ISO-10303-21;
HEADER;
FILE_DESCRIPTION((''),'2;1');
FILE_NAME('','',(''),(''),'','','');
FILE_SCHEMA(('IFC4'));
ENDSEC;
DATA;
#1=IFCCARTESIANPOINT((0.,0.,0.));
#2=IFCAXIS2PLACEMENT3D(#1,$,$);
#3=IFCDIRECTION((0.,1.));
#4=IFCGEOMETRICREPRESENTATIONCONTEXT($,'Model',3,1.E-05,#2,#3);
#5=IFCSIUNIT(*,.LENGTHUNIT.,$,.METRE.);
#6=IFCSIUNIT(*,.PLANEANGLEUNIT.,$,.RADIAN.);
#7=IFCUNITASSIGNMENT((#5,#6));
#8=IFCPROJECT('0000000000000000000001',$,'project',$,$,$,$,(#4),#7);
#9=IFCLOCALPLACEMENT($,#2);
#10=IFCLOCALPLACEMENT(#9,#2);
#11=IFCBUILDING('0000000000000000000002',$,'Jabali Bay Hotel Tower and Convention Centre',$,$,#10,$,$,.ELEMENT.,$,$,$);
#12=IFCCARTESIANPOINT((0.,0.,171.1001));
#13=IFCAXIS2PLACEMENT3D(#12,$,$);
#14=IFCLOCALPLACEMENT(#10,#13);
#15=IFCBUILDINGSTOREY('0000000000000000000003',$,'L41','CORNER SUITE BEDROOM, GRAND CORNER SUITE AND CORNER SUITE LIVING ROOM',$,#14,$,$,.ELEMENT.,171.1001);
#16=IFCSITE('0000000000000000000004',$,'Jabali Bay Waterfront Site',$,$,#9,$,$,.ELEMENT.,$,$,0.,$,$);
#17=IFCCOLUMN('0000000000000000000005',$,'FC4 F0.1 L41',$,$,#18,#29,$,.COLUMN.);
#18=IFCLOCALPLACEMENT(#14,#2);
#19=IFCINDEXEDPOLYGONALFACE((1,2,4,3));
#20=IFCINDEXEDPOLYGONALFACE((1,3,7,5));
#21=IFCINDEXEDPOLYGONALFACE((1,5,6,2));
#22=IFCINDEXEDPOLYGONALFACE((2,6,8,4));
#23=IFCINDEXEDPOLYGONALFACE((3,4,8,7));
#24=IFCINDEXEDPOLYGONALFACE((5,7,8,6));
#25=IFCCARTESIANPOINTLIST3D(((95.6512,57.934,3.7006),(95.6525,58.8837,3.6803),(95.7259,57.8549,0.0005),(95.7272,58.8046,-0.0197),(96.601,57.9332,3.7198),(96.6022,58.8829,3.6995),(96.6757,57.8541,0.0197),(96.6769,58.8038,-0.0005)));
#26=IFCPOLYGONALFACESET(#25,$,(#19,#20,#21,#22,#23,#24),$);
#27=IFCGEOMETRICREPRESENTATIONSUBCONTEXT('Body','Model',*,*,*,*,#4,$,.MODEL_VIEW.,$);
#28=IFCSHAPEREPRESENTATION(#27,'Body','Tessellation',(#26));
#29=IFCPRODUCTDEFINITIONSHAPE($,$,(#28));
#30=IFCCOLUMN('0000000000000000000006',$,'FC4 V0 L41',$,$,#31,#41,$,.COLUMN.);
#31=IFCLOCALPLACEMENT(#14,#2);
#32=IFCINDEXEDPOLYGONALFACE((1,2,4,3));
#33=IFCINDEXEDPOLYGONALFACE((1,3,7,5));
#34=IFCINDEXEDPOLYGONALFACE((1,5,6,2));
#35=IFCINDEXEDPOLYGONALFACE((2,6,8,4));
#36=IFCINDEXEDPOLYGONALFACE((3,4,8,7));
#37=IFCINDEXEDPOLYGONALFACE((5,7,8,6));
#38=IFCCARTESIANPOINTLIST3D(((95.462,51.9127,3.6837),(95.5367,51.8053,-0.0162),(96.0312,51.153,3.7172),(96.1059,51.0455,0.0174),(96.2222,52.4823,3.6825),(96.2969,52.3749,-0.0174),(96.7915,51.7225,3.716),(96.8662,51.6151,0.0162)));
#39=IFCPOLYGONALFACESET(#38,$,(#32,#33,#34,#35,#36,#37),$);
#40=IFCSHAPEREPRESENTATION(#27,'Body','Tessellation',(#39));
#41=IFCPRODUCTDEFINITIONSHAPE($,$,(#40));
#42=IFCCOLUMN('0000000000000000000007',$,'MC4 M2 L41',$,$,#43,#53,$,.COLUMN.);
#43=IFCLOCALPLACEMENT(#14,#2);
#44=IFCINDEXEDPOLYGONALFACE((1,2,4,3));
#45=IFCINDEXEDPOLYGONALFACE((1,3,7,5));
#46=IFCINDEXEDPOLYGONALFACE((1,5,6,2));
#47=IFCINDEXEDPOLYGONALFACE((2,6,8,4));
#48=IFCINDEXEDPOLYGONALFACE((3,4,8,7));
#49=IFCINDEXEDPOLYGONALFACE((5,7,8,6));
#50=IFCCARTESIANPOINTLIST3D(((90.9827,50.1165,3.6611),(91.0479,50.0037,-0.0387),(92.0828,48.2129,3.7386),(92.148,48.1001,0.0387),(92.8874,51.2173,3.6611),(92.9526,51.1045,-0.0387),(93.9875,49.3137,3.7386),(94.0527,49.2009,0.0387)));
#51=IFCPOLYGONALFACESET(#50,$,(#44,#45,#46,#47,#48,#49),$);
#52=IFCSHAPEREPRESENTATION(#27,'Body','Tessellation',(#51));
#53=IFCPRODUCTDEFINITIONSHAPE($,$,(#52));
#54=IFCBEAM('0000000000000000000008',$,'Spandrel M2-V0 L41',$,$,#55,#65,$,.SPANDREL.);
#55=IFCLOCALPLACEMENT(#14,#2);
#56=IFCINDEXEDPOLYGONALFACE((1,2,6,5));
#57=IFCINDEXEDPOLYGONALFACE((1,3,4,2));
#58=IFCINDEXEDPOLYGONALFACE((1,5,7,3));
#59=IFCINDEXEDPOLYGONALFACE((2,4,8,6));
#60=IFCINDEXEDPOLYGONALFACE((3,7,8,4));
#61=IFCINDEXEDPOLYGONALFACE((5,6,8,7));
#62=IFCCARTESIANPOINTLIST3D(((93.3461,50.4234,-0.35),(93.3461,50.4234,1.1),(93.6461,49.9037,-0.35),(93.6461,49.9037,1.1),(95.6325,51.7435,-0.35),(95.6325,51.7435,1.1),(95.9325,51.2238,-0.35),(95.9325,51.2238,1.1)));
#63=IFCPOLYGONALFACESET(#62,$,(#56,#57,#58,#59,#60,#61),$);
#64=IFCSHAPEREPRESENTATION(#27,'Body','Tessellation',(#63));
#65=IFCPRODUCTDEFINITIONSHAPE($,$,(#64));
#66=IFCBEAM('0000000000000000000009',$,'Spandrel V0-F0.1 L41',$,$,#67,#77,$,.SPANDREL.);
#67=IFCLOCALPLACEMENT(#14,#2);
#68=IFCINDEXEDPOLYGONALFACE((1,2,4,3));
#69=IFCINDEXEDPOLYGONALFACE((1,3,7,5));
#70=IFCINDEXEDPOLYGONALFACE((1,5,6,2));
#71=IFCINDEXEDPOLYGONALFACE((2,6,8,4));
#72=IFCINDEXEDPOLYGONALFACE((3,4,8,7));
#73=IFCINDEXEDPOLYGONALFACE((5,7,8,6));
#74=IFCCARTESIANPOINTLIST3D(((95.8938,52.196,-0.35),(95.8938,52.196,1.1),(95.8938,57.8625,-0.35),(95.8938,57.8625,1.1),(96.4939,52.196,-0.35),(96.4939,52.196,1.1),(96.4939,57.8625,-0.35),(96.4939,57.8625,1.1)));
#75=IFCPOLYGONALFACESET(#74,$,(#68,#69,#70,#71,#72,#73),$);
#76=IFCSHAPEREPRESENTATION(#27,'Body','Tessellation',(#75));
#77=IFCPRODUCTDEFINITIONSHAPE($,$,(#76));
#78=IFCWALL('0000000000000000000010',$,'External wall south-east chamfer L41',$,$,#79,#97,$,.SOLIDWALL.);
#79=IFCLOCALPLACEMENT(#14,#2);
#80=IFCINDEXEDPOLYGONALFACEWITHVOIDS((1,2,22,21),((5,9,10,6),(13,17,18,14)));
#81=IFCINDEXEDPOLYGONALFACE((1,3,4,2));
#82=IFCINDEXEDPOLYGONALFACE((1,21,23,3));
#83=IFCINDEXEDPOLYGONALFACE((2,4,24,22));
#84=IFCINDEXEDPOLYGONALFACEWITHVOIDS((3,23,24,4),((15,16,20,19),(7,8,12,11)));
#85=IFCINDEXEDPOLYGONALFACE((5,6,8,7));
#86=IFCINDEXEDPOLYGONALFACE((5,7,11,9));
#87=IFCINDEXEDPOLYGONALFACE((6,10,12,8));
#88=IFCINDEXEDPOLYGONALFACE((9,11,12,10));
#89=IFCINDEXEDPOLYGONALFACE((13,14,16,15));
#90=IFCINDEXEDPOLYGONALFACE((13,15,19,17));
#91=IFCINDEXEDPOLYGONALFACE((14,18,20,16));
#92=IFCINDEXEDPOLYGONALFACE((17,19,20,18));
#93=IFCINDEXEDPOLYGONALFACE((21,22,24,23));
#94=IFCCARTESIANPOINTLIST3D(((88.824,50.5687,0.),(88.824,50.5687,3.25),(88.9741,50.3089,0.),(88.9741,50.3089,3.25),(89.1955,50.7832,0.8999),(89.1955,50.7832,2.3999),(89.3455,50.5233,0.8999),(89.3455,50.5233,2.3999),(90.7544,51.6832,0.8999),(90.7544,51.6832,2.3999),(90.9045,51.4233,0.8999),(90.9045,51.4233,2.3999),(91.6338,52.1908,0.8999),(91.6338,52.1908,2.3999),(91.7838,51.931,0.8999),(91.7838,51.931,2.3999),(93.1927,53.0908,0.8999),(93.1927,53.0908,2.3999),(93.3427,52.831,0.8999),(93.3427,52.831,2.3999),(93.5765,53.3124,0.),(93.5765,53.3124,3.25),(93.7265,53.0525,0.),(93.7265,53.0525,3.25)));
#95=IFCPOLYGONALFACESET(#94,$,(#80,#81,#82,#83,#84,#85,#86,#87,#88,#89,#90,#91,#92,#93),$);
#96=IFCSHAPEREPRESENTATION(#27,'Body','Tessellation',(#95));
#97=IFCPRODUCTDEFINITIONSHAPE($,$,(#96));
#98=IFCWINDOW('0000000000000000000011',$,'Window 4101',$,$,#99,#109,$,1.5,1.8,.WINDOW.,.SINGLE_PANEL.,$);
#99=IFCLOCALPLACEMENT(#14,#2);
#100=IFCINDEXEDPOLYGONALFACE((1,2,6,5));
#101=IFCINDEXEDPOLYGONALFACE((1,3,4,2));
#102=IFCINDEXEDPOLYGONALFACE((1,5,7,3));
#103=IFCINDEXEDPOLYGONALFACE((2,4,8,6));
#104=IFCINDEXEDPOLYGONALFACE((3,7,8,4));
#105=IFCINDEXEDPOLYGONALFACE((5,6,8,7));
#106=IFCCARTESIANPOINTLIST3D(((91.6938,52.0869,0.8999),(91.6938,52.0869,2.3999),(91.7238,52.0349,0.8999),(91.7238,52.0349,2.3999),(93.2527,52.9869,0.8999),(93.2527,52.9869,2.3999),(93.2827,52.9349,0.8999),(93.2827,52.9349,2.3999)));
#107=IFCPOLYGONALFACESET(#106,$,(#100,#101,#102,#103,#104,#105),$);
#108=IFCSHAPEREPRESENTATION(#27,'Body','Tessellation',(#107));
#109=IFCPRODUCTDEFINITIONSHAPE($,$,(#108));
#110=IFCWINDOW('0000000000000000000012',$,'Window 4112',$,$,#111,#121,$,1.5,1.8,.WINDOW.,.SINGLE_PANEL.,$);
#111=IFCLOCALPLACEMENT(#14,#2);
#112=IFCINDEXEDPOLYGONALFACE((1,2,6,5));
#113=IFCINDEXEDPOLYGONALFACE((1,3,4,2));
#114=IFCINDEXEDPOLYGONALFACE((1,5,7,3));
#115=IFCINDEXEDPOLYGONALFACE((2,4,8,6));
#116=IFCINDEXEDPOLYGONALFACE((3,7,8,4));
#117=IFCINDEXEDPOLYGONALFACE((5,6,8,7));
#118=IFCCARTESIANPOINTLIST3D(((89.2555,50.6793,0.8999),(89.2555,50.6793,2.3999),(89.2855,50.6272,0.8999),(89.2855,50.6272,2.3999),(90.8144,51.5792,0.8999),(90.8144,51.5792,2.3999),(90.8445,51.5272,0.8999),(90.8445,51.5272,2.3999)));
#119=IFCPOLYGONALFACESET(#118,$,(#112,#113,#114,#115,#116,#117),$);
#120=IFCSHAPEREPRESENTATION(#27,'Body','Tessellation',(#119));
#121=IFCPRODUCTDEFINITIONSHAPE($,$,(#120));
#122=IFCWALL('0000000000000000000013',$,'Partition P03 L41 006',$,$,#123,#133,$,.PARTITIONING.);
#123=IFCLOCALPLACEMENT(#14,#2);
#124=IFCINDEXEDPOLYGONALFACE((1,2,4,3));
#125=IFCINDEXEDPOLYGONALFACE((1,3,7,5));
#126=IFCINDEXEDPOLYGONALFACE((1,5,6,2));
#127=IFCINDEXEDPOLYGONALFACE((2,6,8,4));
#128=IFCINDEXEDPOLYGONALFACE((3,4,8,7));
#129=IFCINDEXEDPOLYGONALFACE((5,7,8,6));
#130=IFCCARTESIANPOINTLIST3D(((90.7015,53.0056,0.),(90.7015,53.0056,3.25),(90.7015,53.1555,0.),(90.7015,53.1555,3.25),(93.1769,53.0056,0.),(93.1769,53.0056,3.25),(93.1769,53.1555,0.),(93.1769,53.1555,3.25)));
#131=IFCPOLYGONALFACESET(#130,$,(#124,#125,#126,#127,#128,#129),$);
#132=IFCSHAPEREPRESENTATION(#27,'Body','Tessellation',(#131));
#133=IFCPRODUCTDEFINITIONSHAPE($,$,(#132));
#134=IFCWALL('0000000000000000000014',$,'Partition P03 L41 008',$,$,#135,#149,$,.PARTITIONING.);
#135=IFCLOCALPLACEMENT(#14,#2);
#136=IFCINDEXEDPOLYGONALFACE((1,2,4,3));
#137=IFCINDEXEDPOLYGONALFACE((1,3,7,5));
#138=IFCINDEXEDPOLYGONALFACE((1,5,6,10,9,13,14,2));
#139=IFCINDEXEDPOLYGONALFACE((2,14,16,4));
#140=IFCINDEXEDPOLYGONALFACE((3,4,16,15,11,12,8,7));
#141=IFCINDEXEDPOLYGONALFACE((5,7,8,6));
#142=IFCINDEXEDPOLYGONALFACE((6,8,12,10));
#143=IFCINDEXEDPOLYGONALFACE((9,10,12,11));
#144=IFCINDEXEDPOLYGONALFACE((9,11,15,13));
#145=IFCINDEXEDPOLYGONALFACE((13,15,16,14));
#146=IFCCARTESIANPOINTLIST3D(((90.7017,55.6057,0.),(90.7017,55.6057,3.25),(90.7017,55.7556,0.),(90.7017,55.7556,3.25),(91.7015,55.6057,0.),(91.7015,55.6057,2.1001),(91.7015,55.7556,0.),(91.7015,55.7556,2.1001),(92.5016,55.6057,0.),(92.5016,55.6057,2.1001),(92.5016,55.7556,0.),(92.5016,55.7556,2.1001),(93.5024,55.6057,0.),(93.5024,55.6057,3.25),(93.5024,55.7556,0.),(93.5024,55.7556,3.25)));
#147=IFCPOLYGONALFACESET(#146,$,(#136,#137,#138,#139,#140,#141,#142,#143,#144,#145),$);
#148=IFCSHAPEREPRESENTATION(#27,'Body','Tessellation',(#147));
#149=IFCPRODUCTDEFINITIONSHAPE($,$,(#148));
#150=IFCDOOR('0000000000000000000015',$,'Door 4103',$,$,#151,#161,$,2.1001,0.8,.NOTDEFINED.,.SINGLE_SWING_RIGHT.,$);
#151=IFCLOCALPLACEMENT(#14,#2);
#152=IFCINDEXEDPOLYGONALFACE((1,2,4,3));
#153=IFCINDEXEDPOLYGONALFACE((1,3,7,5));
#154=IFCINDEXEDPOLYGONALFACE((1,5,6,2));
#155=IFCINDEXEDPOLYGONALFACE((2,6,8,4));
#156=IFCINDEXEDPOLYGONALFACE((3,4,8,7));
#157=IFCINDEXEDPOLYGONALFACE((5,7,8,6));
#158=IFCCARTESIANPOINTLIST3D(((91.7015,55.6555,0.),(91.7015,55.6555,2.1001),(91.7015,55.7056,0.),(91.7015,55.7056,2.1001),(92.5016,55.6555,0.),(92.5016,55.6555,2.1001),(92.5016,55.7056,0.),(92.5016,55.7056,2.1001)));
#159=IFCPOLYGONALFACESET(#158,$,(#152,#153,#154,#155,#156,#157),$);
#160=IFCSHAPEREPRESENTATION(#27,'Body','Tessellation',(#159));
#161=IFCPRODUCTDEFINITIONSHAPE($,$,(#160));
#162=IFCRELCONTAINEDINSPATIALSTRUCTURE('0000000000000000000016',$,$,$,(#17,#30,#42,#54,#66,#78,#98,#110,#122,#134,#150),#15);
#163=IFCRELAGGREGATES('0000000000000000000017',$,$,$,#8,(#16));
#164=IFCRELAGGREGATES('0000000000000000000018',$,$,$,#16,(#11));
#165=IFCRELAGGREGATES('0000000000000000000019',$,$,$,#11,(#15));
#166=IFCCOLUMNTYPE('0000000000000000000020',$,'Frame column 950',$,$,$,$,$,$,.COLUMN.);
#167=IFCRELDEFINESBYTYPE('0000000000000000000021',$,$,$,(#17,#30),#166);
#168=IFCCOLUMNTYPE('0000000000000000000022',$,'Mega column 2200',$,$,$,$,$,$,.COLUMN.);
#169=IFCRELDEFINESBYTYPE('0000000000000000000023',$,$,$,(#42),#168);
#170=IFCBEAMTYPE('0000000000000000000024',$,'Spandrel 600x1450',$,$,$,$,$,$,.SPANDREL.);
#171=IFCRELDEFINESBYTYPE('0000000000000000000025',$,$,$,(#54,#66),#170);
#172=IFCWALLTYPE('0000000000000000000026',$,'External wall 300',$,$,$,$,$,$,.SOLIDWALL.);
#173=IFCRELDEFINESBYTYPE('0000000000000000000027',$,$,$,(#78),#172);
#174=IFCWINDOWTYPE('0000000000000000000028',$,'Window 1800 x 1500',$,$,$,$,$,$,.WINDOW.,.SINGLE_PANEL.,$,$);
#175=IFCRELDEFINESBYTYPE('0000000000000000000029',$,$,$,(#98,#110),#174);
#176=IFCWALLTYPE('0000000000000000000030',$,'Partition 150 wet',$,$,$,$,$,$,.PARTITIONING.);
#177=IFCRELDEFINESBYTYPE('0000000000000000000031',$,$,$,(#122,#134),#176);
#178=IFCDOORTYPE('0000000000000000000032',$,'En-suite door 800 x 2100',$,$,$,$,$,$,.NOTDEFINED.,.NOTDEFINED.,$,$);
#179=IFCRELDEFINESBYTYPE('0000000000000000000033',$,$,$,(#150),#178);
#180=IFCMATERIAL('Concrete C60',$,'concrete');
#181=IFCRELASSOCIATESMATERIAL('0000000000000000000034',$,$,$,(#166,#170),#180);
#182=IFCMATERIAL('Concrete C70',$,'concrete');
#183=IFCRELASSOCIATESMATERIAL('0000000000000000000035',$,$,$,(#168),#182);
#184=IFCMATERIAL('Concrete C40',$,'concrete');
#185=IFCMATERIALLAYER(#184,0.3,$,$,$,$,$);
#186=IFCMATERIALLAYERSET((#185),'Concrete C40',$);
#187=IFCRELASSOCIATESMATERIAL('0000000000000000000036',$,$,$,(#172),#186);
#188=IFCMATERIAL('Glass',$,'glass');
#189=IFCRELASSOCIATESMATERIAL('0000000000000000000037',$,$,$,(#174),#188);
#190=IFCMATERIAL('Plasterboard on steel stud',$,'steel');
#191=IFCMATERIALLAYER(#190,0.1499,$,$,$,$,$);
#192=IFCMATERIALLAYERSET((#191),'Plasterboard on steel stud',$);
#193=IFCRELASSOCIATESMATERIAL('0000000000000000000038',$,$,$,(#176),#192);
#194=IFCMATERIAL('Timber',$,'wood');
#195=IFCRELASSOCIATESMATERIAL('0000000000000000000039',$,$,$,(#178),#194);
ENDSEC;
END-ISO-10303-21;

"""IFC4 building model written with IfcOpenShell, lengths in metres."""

from ifc_helpers import new_model, si_unit, direction, frame, frame_2d, origin, origin_2d, place, context, subcontext, project, spatial, rectangle, extrude, material, layer, layer_set, material_profile, profile_set, type_object, element, fill, save


model = new_model("IFC4")

# Units and contexts
model_context = context("Model", 3, precision=1e-05, world=origin(), true_north=direction((0.0, 1.0)))
body_context = subcontext(model_context, "Body", "Model", "MODEL_VIEW")
ifc_project = project(units=[si_unit("LENGTHUNIT", "METRE"), si_unit("PLANEANGLEUNIT", "RADIAN")], contexts=[model_context])

# Site, building, storey
site_placement = place(None, origin())
site = spatial("IfcSite", under=ifc_project, at=site_placement, Name="Jabali Bay Waterfront Site", CompositionType="ELEMENT", RefElevation=0.0)
building_placement = place(site_placement, origin())
building = spatial("IfcBuilding", under=site, at=building_placement, Name="Jabali Bay Hotel Tower and Convention Centre", CompositionType="ELEMENT")
storey_placement = place(building_placement, frame((0.0, 0.0, 171.1001)))
storey = spatial("IfcBuildingStorey", under=building, at=storey_placement, Name="L41", Description="CORNER SUITE BEDROOM, GRAND CORNER SUITE AND CORNER SUITE LIVING ROOM", CompositionType="ELEMENT", Elevation=171.1001)

# Columns
ifc_material_1 = material(Name="Concrete C60", Category="concrete")
ifc_material_profile_1 = material_profile(ifc_material_1, rectangle(XDim=0.95, YDim=0.95, at=origin_2d()), Name="Frame column 950")
ifc_profile_set_1 = profile_set([ifc_material_profile_1], Name="Concrete C60")
column_type_1 = type_object("IfcColumnType", Name="Frame column 950", PredefinedType="COLUMN", material=ifc_profile_set_1)
column_1_placement = place(storey_placement, frame((96.2014, 58.3293, 0.0), z_axis=(-0.020183, 0.02137, 0.999568), x_axis=(-0.001315, -0.999771, 0.021348)))
element("IfcColumn", 1, at=column_1_placement, inside=storey, type_object=column_type_1, Name="FC4 F0.1 L41", PredefinedType="COLUMN", context=body_context, shape_type="SweptSolid", body=[
    extrude(rectangle(XDim=0.95, YDim=0.95, at=origin_2d()), origin(), (0.0, 0.0, 1.0), 3.7017),
])
column_2_placement = place(storey_placement, frame((96.2014, 51.7102, 0.0), z_axis=(-0.020179, 0.029015, 0.999375), x_axis=(-0.800325, -0.599565, 0.001248)))
element("IfcColumn", 2, at=column_2_placement, inside=storey, type_object=column_type_1, Name="FC4 V0 L41", PredefinedType="COLUMN", context=body_context, shape_type="SweptSolid", body=[
    extrude(rectangle(XDim=0.95, YDim=0.95, at=origin_2d()), origin(), (0.0, 0.0, 1.0), 3.7021),
])
ifc_material_2 = material(Name="Concrete C70", Category="concrete")
ifc_material_profile_2 = material_profile(ifc_material_2, rectangle(XDim=2.2, YDim=2.2, at=origin_2d()), Name="Mega column 2200")
ifc_profile_set_2 = profile_set([ifc_material_profile_2], Name="Concrete C70")
column_type_2 = type_object("IfcColumnType", Name="Mega column 2200", PredefinedType="COLUMN", material=ifc_profile_set_2)
column_3_placement = place(storey_placement, frame((92.5503, 49.6023, 0.0), z_axis=(-0.017607, 0.030466, 0.999381), x_axis=(0.500061, -0.865275, 0.035188)))
element("IfcColumn", 3, at=column_3_placement, inside=storey, type_object=column_type_2, Name="MC4 M2 L41", PredefinedType="COLUMN", context=body_context, shape_type="SweptSolid", body=[
    extrude(rectangle(XDim=2.2, YDim=2.2, at=origin_2d()), origin(), (0.0, 0.0, 1.0), 3.7021),
])

# Beams
ifc_material_profile_3 = material_profile(ifc_material_1, rectangle(XDim=0.6001, YDim=1.45, at=origin_2d()), Name="Spandrel 600x1450")
ifc_profile_set_3 = profile_set([ifc_material_profile_3], Name="Concrete C60")
beam_type = type_object("IfcBeamType", Name="Spandrel 600x1450", PredefinedType="SPANDREL", material=ifc_profile_set_3)
beam_1_placement = place(storey_placement, frame((93.4961, 50.1636, 0.375), z_axis=(0.866021, 0.500008, 0.0), x_axis=(-0.500008, 0.866021, 0.0)))
element("IfcBeam", 4, at=beam_1_placement, inside=storey, type_object=beam_type, Name="Spandrel M2-V0 L41", PredefinedType="SPANDREL", context=body_context, shape_type="SweptSolid", body=[
    extrude(rectangle(XDim=0.6001, YDim=1.45, at=origin_2d()), origin(), (0.0, 0.0, 1.0), 2.6401),
])
beam_2_placement = place(storey_placement, frame((96.1938, 52.196, 0.375), z_axis=(0.0, 1.0, 0.0), x_axis=(-1.0, 0.0, 0.0)))
element("IfcBeam", 5, at=beam_2_placement, inside=storey, type_object=beam_type, Name="Spandrel V0-F0.1 L41", PredefinedType="SPANDREL", context=body_context, shape_type="SweptSolid", body=[
    extrude(rectangle(XDim=0.6001, YDim=1.45, at=origin_2d()), origin(), (0.0, 0.0, 1.0), 5.6665),
])

# Wall, openings, windows
ifc_material_3 = material(Name="Concrete C40", Category="concrete")
ifc_layer_1 = layer(ifc_material_3, 0.3)
ifc_layer_set_1 = layer_set([ifc_layer_1], Name="Concrete C40")
wall_type_1 = type_object("IfcWallType", Name="External wall 300", PredefinedType="SOLIDWALL", material=ifc_layer_set_1)
wall_1_placement = place(storey_placement, frame((93.6514, 53.1824, 0.0), z_axis=(0.0, 0.0, 1.0), x_axis=(-0.866039, -0.499977, 0.0)))
wall_1 = element("IfcWall", 6, at=wall_1_placement, inside=storey, type_object=wall_type_1, Name="External wall south-east chamfer L41", PredefinedType="SOLIDWALL", context=body_context, shape_type="SweptSolid", body=[
    extrude(rectangle(XDim=5.4875, YDim=0.3, at=frame_2d((2.7437, 0.0))), origin(), (0.0, 0.0, 1.0), 3.25),
])
opening_1_placement = place(wall_1_placement, frame((0.4431, 0.0, 0.8999)))
opening_1 = element("IfcOpeningElement", 7, at=opening_1_placement, cuts=wall_1, PredefinedType="OPENING", context=body_context, shape_type="SweptSolid", body=[
    extrude(rectangle(XDim=1.8, YDim=1.5, at=frame_2d((0.8999, 0.75))), frame((0.0, 0.1606, 0.0), z_axis=(0.0, -1.0, 0.0), x_axis=(1.0, 0.0, 0.0)), (0.0, 0.0, 1.0), 0.321),
])
opening_2_placement = place(wall_1_placement, frame((3.2585, 0.0, 0.8999)))
opening_2 = element("IfcOpeningElement", 8, at=opening_2_placement, cuts=wall_1, PredefinedType="OPENING", context=body_context, shape_type="SweptSolid", body=[
    extrude(rectangle(XDim=1.8, YDim=1.5, at=frame_2d((0.8999, 0.75))), frame((0.0, 0.1606, 0.0), z_axis=(0.0, -1.0, 0.0), x_axis=(1.0, 0.0, 0.0)), (0.0, 0.0, 1.0), 0.321),
])
ifc_material_4 = material(Name="Glass", Category="glass")
window_type = type_object("IfcWindowType", Name="Window 1800 x 1500", PartitioningType="SINGLE_PANEL", PredefinedType="WINDOW", material=ifc_material_4)
window_1_placement = place(opening_1_placement, origin())
window_1 = element("IfcWindow", 9, at=window_1_placement, inside=storey, type_object=window_type, Name="Window 4101", OverallHeight=1.5, OverallWidth=1.8, PartitioningType="SINGLE_PANEL", PredefinedType="WINDOW", context=body_context, shape_type="SweptSolid", body=[
    extrude(rectangle(XDim=1.8, YDim=1.5, at=frame_2d((0.8999, 0.75))), frame((0.0, 0.03, 0.0), z_axis=(0.0, -1.0, 0.0), x_axis=(1.0, 0.0, 0.0)), (0.0, 0.0, 1.0), 0.0601),
])
fill(opening_1, window_1)
window_2_placement = place(opening_2_placement, origin())
window_2 = element("IfcWindow", 10, at=window_2_placement, inside=storey, type_object=window_type, Name="Window 4112", OverallHeight=1.5, OverallWidth=1.8, PartitioningType="SINGLE_PANEL", PredefinedType="WINDOW", context=body_context, shape_type="SweptSolid", body=[
    extrude(rectangle(XDim=1.8, YDim=1.5, at=frame_2d((0.8999, 0.75))), frame((0.0, 0.03, 0.0), z_axis=(0.0, -1.0, 0.0), x_axis=(1.0, 0.0, 0.0)), (0.0, 0.0, 1.0), 0.0601),
])
fill(opening_2, window_2)

# Wall
ifc_material_5 = material(Name="Plasterboard on steel stud", Category="steel")
ifc_layer_2 = layer(ifc_material_5, 0.1499)
ifc_layer_set_2 = layer_set([ifc_layer_2], Name="Plasterboard on steel stud")
wall_type_2 = type_object("IfcWallType", Name="Partition 150 wet", PredefinedType="PARTITIONING", material=ifc_layer_set_2)
wall_2_placement = place(storey_placement, frame((93.177, 53.0806, 0.0), z_axis=(0.0, 0.0, 1.0), x_axis=(-1.0, 0.0, 0.0)))
element("IfcWall", 11, at=wall_2_placement, inside=storey, type_object=wall_type_2, Name="Partition P03 L41 006", PredefinedType="PARTITIONING", context=body_context, shape_type="SweptSolid", body=[
    extrude(rectangle(XDim=2.4753, YDim=0.1499, at=frame_2d((1.2378, 0.0))), origin(), (0.0, 0.0, 1.0), 3.25),
])

# Wall, opening, door
wall_3_placement = place(storey_placement, frame((90.7017, 55.6807, 0.0), z_axis=(0.0, 0.0, 1.0), x_axis=(1.0, 0.0, 0.0)))
wall_3 = element("IfcWall", 12, at=wall_3_placement, inside=storey, type_object=wall_type_2, Name="Partition P03 L41 008", PredefinedType="PARTITIONING", context=body_context, shape_type="SweptSolid", body=[
    extrude(rectangle(XDim=2.8008, YDim=0.1499, at=frame_2d((1.4004, 0.0))), origin(), (0.0, 0.0, 1.0), 3.25),
])
opening_3_placement = place(wall_3_placement, frame((1.0, 0.0, 0.0)))
opening_3 = element("IfcOpeningElement", 13, at=opening_3_placement, cuts=wall_3, PredefinedType="OPENING", context=body_context, shape_type="SweptSolid", body=[
    extrude(rectangle(XDim=0.8, YDim=2.1001, at=frame_2d((0.3999, 1.05))), frame((0.0, 0.0854, 0.0), z_axis=(0.0, -1.0, 0.0), x_axis=(1.0, 0.0, 0.0)), (0.0, 0.0, 1.0), 0.1709),
])
ifc_material_6 = material(Name="Timber", Category="wood")
door_type = type_object("IfcDoorType", Name="En-suite door 800 x 2100", OperationType="NOTDEFINED", PredefinedType="NOTDEFINED", material=ifc_material_6)
door_placement = place(opening_3_placement, origin())
door = element("IfcDoor", 14, at=door_placement, inside=storey, type_object=door_type, Name="Door 4103", OperationType="SINGLE_SWING_RIGHT", OverallHeight=2.1001, OverallWidth=0.8, PredefinedType="NOTDEFINED", context=body_context, shape_type="SweptSolid", body=[
    extrude(rectangle(XDim=0.8, YDim=2.1001, at=frame_2d((0.3999, 1.05))), frame((0.0, 0.0249, 0.0), z_axis=(0.0, -1.0, 0.0), x_axis=(1.0, 0.0, 0.0)), (0.0, 0.0, 1.0), 0.05),
])
fill(opening_3, door)

save(model, "model.ifc")
